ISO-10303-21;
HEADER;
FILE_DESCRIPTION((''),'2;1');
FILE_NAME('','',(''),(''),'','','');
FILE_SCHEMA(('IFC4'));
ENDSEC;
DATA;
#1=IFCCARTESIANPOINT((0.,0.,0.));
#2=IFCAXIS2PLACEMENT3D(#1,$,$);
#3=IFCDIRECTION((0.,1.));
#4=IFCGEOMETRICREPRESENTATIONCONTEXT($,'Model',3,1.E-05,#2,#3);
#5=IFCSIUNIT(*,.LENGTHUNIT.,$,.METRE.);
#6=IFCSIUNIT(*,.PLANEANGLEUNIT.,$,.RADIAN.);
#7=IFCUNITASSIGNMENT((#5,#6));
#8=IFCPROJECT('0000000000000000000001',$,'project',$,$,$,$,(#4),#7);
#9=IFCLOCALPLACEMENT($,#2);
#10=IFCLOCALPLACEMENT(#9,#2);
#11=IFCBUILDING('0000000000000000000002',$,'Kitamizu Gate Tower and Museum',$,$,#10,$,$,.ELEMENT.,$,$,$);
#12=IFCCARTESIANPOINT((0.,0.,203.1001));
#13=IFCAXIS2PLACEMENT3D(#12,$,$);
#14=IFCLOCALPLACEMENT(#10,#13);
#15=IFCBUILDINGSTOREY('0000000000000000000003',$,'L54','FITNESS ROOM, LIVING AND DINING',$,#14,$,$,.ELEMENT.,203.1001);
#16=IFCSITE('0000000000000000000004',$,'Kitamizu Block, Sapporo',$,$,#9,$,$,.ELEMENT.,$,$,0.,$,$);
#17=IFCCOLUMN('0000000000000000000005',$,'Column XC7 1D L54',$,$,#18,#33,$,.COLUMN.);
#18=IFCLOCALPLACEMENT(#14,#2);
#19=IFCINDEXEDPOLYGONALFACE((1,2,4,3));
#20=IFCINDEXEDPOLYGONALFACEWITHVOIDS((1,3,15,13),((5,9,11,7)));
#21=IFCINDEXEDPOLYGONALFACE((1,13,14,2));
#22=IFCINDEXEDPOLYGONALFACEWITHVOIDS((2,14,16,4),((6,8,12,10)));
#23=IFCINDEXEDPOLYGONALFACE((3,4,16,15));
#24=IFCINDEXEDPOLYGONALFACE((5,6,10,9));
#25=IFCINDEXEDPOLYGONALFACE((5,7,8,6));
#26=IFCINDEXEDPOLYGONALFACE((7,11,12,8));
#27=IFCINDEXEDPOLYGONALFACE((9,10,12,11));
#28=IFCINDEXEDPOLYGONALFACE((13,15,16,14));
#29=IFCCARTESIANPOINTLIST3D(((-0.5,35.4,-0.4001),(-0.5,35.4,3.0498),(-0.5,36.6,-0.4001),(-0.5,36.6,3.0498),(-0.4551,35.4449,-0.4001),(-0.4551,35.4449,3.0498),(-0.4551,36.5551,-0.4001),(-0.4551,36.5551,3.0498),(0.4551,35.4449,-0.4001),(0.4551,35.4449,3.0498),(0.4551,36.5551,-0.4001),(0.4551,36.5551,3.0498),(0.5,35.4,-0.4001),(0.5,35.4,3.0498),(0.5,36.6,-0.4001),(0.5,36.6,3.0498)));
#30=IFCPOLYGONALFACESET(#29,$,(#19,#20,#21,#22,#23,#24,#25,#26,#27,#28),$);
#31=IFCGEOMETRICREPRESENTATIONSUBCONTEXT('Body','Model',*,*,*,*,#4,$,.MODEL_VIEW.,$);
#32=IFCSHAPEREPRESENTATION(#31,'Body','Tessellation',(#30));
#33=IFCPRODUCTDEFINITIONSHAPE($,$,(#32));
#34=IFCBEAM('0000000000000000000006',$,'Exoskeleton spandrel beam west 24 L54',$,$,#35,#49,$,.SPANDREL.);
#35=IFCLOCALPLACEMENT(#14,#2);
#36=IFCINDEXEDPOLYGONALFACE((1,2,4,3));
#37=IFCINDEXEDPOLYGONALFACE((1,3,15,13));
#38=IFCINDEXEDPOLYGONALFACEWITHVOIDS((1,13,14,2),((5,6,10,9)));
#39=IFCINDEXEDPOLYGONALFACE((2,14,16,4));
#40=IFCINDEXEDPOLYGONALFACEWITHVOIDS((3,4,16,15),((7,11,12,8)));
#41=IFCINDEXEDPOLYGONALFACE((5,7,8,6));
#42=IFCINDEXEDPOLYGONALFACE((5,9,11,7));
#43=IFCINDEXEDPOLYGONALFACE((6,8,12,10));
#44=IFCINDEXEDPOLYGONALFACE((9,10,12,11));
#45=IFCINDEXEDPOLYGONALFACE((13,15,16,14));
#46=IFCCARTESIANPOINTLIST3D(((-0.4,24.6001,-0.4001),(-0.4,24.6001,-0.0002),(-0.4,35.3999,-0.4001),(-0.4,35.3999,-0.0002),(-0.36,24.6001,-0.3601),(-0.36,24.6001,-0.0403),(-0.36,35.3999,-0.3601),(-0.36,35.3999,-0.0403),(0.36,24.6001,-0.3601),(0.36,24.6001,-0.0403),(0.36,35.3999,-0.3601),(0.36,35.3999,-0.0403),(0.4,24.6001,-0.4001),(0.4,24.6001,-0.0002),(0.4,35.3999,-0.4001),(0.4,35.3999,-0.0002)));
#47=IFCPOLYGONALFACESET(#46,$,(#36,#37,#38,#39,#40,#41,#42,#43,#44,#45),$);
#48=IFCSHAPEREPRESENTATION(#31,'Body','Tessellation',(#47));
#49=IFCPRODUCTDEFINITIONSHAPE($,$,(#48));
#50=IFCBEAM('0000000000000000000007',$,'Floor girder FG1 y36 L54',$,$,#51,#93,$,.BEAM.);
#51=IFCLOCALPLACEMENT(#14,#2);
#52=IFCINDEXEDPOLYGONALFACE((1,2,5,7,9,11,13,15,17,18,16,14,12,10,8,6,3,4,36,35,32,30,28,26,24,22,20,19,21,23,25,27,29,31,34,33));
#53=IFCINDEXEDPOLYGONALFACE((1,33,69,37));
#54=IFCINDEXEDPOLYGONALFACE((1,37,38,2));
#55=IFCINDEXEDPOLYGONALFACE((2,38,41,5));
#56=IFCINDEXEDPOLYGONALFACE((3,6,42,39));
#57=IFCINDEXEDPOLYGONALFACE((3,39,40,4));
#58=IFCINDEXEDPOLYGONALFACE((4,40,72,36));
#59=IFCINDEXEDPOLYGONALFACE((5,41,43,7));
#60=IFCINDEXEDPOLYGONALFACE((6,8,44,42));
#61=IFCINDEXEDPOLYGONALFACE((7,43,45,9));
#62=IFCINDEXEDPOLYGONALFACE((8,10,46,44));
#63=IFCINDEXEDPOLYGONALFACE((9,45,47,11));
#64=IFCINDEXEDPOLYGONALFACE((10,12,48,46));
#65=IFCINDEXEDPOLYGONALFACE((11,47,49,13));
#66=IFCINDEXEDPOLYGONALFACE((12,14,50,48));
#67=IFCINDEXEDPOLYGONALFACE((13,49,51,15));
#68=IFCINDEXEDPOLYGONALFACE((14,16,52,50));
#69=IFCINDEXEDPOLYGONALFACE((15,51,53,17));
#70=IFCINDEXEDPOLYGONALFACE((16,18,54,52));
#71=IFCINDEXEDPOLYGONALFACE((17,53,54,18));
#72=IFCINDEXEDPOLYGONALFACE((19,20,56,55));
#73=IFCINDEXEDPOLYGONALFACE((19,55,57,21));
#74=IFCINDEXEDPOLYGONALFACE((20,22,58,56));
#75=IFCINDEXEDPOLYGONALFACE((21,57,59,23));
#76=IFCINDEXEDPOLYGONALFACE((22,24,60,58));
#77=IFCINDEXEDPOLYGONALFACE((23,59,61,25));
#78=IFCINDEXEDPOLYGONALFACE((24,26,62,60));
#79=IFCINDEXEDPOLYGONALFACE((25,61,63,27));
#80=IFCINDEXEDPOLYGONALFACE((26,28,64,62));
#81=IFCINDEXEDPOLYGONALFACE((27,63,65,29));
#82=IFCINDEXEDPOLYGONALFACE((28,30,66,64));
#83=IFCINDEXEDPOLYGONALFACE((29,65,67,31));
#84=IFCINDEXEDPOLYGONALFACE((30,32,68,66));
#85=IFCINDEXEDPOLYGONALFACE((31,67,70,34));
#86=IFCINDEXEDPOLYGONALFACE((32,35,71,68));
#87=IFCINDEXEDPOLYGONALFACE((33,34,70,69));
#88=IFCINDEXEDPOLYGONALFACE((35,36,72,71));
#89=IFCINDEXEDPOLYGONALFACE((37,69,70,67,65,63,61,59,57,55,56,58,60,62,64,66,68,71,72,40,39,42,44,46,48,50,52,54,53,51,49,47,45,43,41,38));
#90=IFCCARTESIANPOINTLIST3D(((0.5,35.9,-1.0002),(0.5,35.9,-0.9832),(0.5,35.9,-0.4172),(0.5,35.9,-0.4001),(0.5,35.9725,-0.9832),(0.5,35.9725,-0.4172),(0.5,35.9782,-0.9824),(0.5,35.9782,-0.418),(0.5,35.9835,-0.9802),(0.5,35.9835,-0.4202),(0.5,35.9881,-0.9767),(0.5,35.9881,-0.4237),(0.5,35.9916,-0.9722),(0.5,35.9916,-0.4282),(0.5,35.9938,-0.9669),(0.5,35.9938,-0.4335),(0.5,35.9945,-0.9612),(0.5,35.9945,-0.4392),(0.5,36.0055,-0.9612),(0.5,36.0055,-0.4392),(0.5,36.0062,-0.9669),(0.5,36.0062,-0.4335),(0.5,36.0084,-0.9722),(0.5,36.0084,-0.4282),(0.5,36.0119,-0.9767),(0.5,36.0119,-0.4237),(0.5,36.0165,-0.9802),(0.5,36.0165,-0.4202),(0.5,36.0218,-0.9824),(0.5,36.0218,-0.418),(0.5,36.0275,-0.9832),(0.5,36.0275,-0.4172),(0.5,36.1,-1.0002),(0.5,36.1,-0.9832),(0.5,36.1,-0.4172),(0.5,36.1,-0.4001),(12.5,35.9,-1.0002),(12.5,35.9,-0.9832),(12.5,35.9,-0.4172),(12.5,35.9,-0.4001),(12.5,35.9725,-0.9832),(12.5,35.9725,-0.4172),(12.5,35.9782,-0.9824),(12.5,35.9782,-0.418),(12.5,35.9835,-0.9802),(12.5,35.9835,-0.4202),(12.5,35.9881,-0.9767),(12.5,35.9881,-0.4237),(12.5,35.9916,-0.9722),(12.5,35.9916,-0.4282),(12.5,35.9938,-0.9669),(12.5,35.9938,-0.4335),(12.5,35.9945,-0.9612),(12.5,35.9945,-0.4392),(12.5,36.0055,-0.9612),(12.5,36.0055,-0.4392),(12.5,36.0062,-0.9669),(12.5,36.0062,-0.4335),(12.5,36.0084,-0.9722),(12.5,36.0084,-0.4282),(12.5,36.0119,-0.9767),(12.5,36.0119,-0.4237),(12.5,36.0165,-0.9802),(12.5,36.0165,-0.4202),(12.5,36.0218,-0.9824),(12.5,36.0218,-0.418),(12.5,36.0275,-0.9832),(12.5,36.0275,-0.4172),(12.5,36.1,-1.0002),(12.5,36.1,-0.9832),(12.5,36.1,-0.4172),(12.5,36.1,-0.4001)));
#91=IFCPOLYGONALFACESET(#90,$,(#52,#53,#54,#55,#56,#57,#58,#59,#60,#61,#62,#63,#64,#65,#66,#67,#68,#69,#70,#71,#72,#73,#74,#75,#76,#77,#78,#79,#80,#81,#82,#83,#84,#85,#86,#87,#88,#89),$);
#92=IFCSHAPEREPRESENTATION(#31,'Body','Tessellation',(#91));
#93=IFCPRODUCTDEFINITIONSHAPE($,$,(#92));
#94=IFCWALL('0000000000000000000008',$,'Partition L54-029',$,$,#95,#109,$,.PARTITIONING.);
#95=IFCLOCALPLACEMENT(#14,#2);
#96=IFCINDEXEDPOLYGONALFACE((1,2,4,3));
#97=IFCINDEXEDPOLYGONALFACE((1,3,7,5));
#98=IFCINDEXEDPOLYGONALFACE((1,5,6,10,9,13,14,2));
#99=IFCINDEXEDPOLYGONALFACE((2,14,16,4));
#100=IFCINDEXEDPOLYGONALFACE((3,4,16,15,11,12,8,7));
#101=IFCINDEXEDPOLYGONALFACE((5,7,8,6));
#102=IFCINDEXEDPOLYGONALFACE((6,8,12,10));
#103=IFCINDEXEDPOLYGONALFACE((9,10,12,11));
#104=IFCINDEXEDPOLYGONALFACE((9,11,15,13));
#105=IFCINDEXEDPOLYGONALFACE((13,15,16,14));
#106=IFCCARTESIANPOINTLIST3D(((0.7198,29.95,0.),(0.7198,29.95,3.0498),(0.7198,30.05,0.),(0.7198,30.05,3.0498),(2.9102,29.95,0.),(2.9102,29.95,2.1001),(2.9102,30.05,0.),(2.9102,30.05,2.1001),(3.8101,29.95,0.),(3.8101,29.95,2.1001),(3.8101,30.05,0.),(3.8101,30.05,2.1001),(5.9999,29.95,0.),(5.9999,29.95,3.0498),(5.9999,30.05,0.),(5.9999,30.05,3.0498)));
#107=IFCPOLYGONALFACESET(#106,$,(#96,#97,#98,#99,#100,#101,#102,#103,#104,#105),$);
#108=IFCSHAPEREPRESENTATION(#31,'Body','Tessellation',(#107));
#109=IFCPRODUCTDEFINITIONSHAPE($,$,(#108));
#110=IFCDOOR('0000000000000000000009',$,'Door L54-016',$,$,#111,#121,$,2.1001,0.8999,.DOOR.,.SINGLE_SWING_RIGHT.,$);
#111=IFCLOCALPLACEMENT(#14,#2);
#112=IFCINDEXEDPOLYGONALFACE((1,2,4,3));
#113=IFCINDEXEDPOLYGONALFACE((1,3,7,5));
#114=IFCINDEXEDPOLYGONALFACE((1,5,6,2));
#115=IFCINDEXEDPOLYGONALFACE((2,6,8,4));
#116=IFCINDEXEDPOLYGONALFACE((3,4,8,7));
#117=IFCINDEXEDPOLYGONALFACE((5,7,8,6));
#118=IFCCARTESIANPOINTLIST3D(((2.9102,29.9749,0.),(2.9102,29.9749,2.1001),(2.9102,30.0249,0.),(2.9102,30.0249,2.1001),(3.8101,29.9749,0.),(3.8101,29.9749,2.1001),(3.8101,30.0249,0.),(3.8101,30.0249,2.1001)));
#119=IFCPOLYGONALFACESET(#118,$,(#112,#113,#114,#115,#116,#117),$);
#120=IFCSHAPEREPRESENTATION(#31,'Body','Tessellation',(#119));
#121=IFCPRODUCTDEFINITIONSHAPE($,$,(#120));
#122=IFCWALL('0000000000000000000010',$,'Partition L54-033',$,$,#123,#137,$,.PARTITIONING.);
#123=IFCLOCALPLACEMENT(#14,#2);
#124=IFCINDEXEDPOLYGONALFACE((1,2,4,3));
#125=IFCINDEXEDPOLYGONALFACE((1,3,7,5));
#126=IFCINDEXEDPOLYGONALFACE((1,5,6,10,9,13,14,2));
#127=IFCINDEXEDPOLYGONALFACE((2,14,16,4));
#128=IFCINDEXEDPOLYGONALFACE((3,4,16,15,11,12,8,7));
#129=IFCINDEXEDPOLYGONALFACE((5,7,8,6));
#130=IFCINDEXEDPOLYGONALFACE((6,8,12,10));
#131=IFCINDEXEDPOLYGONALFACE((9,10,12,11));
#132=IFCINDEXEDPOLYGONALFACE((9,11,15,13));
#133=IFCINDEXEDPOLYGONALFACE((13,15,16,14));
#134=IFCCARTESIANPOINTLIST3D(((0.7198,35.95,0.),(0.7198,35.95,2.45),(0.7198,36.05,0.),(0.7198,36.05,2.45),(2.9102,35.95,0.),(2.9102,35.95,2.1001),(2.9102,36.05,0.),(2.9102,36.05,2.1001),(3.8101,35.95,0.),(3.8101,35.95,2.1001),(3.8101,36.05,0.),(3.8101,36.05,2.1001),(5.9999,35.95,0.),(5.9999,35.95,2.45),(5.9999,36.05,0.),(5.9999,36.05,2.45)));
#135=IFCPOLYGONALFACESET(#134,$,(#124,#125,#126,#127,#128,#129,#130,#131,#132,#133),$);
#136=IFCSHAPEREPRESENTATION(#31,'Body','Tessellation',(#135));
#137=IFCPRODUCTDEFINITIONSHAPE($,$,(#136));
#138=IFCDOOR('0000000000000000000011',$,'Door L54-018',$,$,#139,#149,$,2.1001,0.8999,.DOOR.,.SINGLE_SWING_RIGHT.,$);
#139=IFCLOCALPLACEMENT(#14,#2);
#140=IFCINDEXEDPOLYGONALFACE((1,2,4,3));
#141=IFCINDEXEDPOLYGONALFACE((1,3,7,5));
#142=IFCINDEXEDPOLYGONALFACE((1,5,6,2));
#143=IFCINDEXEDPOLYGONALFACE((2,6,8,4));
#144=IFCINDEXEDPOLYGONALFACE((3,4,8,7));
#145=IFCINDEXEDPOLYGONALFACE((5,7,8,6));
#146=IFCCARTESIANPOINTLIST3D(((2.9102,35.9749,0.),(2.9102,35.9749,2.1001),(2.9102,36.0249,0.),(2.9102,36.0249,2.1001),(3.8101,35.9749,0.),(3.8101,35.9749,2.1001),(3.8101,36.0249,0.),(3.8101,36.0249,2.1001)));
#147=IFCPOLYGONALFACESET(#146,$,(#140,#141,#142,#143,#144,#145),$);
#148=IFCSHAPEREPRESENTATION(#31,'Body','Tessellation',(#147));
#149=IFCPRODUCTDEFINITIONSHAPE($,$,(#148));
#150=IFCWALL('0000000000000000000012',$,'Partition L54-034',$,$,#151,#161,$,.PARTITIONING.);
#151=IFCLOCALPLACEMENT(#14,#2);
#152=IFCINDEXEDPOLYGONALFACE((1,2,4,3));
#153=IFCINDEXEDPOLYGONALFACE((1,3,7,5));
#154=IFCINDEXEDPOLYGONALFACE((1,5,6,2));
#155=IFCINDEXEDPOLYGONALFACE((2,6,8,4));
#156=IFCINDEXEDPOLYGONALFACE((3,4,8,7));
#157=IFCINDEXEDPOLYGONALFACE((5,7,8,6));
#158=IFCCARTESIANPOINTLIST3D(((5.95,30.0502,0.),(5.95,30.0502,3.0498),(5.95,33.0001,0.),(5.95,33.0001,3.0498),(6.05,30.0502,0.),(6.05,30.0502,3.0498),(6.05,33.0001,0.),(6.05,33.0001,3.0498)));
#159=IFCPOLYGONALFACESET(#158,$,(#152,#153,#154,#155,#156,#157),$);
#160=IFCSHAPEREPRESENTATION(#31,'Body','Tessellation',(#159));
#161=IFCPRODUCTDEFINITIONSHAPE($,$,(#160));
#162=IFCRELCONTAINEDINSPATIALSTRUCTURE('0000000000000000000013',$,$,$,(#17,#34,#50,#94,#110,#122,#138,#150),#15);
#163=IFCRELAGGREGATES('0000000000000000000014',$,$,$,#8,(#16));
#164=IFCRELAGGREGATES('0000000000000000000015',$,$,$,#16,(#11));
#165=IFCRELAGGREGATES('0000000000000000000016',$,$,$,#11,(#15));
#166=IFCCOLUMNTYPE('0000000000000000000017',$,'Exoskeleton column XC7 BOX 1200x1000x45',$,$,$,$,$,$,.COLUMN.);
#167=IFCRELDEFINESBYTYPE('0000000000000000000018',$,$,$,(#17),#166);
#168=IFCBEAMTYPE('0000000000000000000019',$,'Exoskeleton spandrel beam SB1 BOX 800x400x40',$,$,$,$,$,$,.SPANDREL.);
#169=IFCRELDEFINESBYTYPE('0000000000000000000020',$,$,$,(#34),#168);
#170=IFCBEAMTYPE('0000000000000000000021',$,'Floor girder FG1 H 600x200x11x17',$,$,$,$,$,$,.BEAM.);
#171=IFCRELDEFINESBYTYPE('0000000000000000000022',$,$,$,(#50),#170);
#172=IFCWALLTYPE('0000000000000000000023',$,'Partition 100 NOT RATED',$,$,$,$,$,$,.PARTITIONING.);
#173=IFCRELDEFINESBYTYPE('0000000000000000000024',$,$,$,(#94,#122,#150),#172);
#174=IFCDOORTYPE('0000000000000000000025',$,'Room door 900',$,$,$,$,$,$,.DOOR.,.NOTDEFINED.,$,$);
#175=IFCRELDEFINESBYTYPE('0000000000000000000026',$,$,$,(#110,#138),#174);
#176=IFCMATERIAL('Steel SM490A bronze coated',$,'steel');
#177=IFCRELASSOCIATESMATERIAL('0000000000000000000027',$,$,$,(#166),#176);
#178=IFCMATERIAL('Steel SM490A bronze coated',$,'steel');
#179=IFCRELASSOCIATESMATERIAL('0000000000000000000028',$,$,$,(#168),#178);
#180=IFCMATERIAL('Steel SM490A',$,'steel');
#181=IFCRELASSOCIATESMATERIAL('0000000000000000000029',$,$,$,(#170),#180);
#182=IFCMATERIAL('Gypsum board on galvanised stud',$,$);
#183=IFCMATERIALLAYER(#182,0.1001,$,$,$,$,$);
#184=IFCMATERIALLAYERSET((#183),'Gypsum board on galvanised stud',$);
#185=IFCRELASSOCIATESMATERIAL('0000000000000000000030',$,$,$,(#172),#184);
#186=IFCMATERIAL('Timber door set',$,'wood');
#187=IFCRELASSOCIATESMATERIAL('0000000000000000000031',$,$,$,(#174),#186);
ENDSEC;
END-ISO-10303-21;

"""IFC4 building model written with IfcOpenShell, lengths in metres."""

from ifc_helpers import new_model, si_unit, direction, frame, frame_2d, origin, origin_2d, place, context, subcontext, project, spatial, rectangle, hollow_rectangle, i_section, extrude, material, layer, layer_set, material_profile, profile_set, type_object, element, fill, save


model = new_model("IFC4")

# Units and contexts
model_context = context("Model", 3, precision=1e-05, world=origin(), true_north=direction((0.0, 1.0)))
body_context = subcontext(model_context, "Body", "Model", "MODEL_VIEW")
ifc_project = project(units=[si_unit("LENGTHUNIT", "METRE"), si_unit("PLANEANGLEUNIT", "RADIAN")], contexts=[model_context])

# Site, building, storey
site_placement = place(None, origin())
site = spatial("IfcSite", under=ifc_project, at=site_placement, Name="Kitamizu Block, Sapporo", CompositionType="ELEMENT", RefElevation=0.0)
building_placement = place(site_placement, origin())
building = spatial("IfcBuilding", under=site, at=building_placement, Name="Kitamizu Gate Tower and Museum", CompositionType="ELEMENT")
storey_placement = place(building_placement, frame((0.0, 0.0, 203.1001)))
storey = spatial("IfcBuildingStorey", under=building, at=storey_placement, Name="L54", Description="FITNESS ROOM, LIVING AND DINING", CompositionType="ELEMENT", Elevation=203.1001)

# Column
ifc_material_1 = material(Name="Steel SM490A bronze coated", Category="steel")
ifc_material_profile_1 = material_profile(ifc_material_1, hollow_rectangle(XDim=1.2, YDim=1.0, WallThickness=0.0449, at=origin_2d()), Name="BOX 1200x1000x45")
ifc_profile_set_1 = profile_set([ifc_material_profile_1], Name="Steel SM490A bronze coated")
column_type = type_object("IfcColumnType", Name="Exoskeleton column XC7 BOX 1200x1000x45", PredefinedType="COLUMN", material=ifc_profile_set_1)
column_placement = place(storey_placement, frame((0.0, 36.0, -0.4001), z_axis=(0.0, 0.0, 1.0), x_axis=(0.0, 1.0, 0.0)))
element("IfcColumn", 1, at=column_placement, inside=storey, type_object=column_type, Name="Column XC7 1D L54", PredefinedType="COLUMN", context=body_context, shape_type="SweptSolid", body=[
    extrude(hollow_rectangle(XDim=1.2, YDim=1.0, WallThickness=0.0449, at=origin_2d()), origin(), (0.0, 0.0, 1.0), 3.45),
])

# Beams
ifc_material_2 = material(Name="Steel SM490A bronze coated", Category="steel")
ifc_material_profile_2 = material_profile(ifc_material_2, hollow_rectangle(XDim=0.8, YDim=0.3999, WallThickness=0.04, at=origin_2d()), Name="BOX 800x400x40")
ifc_profile_set_2 = profile_set([ifc_material_profile_2], Name="Steel SM490A bronze coated")
beam_type_1 = type_object("IfcBeamType", Name="Exoskeleton spandrel beam SB1 BOX 800x400x40", PredefinedType="SPANDREL", material=ifc_profile_set_2)
beam_1_placement = place(storey_placement, frame((0.0, 24.6001, -0.2002), z_axis=(0.0, 1.0, 0.0), x_axis=(-1.0, 0.0, 0.0)))
element("IfcBeam", 2, at=beam_1_placement, inside=storey, type_object=beam_type_1, Name="Exoskeleton spandrel beam west 24 L54", PredefinedType="SPANDREL", context=body_context, shape_type="SweptSolid", body=[
    extrude(hollow_rectangle(XDim=0.8, YDim=0.3999, WallThickness=0.04, at=origin_2d()), origin(), (0.0, 0.0, 1.0), 10.7998),
])
ifc_material_3 = material(Name="Steel SM490A", Category="steel")
ifc_material_profile_3 = material_profile(ifc_material_3, i_section(OverallWidth=0.2, OverallDepth=0.6001, WebThickness=0.011, FlangeThickness=0.0171, FilletRadius=0.022, at=origin_2d()), Name="H-600x200x11x17")
ifc_profile_set_3 = profile_set([ifc_material_profile_3], Name="Steel SM490A")
beam_type_2 = type_object("IfcBeamType", Name="Floor girder FG1 H 600x200x11x17", PredefinedType="BEAM", material=ifc_profile_set_3)
beam_2_placement = place(storey_placement, frame((0.5, 36.0, -0.7002), z_axis=(1.0, 0.0, 0.0), x_axis=(0.0, 1.0, 0.0)))
element("IfcBeam", 3, at=beam_2_placement, inside=storey, type_object=beam_type_2, Name="Floor girder FG1 y36 L54", PredefinedType="BEAM", context=body_context, shape_type="SweptSolid", body=[
    extrude(i_section(OverallWidth=0.2, OverallDepth=0.6001, WebThickness=0.011, FlangeThickness=0.0171, FilletRadius=0.022, at=origin_2d()), origin(), (0.0, 0.0, 1.0), 12.0),
])

# Walls, openings, doors
ifc_material_4 = material(Name="Gypsum board on galvanised stud")
ifc_layer_1 = layer(ifc_material_4, 0.1001)
ifc_layer_set_1 = layer_set([ifc_layer_1], Name="Gypsum board on galvanised stud")
wall_type_1 = type_object("IfcWallType", Name="Partition 100 NOT RATED", PredefinedType="PARTITIONING", material=ifc_layer_set_1)
wall_1_placement = place(storey_placement, frame((6.0, 30.0, 0.0), z_axis=(0.0, 0.0, 1.0), x_axis=(-1.0, 0.0, 0.0)))
wall_1 = element("IfcWall", 4, at=wall_1_placement, inside=storey, type_object=wall_type_1, Name="Partition L54-029", PredefinedType="PARTITIONING", context=body_context, shape_type="SweptSolid", body=[
    extrude(rectangle(XDim=5.28, YDim=0.1001, at=frame_2d((2.6401, 0.0))), origin(), (0.0, 0.0, 1.0), 3.0498),
])
opening_1_placement = place(wall_1_placement, frame((2.1899, 0.0, 0.0)))
opening_1 = element("IfcOpeningElement", 5, at=opening_1_placement, cuts=wall_1, PredefinedType="OPENING", context=body_context, shape_type="SweptSolid", body=[
    extrude(rectangle(XDim=0.8999, YDim=2.1001, at=frame_2d((0.45, 1.05))), frame((0.0, 0.0601, 0.0), z_axis=(0.0, -1.0, 0.0), x_axis=(1.0, 0.0, 0.0)), (0.0, 0.0, 1.0), 0.1201),
])
ifc_material_5 = material(Name="Timber door set", Category="wood")
door_type_1 = type_object("IfcDoorType", Name="Room door 900", OperationType="NOTDEFINED", PredefinedType="DOOR", material=ifc_material_5)
door_1_placement = place(opening_1_placement, frame((0.8999, 0.0, 0.0), x_axis=(-1.0, 0.0, 0.0)))
door_1 = element("IfcDoor", 6, at=door_1_placement, inside=storey, type_object=door_type_1, Name="Door L54-016", OperationType="SINGLE_SWING_RIGHT", OverallHeight=2.1001, OverallWidth=0.8999, PredefinedType="DOOR", context=body_context, shape_type="SweptSolid", body=[
    extrude(rectangle(XDim=0.8999, YDim=2.1001, at=frame_2d((0.45, 1.05))), frame((0.0, 0.0249, 0.0), z_axis=(0.0, -1.0, 0.0), x_axis=(1.0, 0.0, 0.0)), (0.0, 0.0, 1.0), 0.05),
])
fill(opening_1, door_1)
wall_2_placement = place(storey_placement, frame((6.0, 36.0, 0.0), z_axis=(0.0, 0.0, 1.0), x_axis=(-1.0, 0.0, 0.0)))
wall_2 = element("IfcWall", 7, at=wall_2_placement, inside=storey, type_object=wall_type_1, Name="Partition L54-033", PredefinedType="PARTITIONING", context=body_context, shape_type="SweptSolid", body=[
    extrude(rectangle(XDim=5.28, YDim=0.1001, at=frame_2d((2.6401, 0.0))), origin(), (0.0, 0.0, 1.0), 2.45),
])
opening_2_placement = place(wall_2_placement, frame((2.1899, 0.0, 0.0)))
opening_2 = element("IfcOpeningElement", 8, at=opening_2_placement, cuts=wall_2, PredefinedType="OPENING", context=body_context, shape_type="SweptSolid", body=[
    extrude(rectangle(XDim=0.8999, YDim=2.1001, at=frame_2d((0.45, 1.05))), frame((0.0, 0.0601, 0.0), z_axis=(0.0, -1.0, 0.0), x_axis=(1.0, 0.0, 0.0)), (0.0, 0.0, 1.0), 0.1201),
])
door_2_placement = place(opening_2_placement, frame((0.8999, 0.0, 0.0), x_axis=(-1.0, 0.0, 0.0)))
door_2 = element("IfcDoor", 9, at=door_2_placement, inside=storey, type_object=door_type_1, Name="Door L54-018", OperationType="SINGLE_SWING_RIGHT", OverallHeight=2.1001, OverallWidth=0.8999, PredefinedType="DOOR", context=body_context, shape_type="SweptSolid", body=[
    extrude(rectangle(XDim=0.8999, YDim=2.1001, at=frame_2d((0.45, 1.05))), frame((0.0, 0.0249, 0.0), z_axis=(0.0, -1.0, 0.0), x_axis=(1.0, 0.0, 0.0)), (0.0, 0.0, 1.0), 0.05),
])
fill(opening_2, door_2)

# Wall
wall_3_placement = place(storey_placement, frame((6.0, 30.05, 0.0), z_axis=(0.0, 0.0, 1.0), x_axis=(0.0, 1.0, 0.0)))
element("IfcWall", 10, at=wall_3_placement, inside=storey, type_object=wall_type_1, Name="Partition L54-034", PredefinedType="PARTITIONING", context=body_context, shape_type="SweptSolid", body=[
    extrude(rectangle(XDim=2.95, YDim=0.1001, at=frame_2d((1.4751, 0.0))), origin(), (0.0, 0.0, 1.0), 3.0498),
])

save(model, "model.ifc")
